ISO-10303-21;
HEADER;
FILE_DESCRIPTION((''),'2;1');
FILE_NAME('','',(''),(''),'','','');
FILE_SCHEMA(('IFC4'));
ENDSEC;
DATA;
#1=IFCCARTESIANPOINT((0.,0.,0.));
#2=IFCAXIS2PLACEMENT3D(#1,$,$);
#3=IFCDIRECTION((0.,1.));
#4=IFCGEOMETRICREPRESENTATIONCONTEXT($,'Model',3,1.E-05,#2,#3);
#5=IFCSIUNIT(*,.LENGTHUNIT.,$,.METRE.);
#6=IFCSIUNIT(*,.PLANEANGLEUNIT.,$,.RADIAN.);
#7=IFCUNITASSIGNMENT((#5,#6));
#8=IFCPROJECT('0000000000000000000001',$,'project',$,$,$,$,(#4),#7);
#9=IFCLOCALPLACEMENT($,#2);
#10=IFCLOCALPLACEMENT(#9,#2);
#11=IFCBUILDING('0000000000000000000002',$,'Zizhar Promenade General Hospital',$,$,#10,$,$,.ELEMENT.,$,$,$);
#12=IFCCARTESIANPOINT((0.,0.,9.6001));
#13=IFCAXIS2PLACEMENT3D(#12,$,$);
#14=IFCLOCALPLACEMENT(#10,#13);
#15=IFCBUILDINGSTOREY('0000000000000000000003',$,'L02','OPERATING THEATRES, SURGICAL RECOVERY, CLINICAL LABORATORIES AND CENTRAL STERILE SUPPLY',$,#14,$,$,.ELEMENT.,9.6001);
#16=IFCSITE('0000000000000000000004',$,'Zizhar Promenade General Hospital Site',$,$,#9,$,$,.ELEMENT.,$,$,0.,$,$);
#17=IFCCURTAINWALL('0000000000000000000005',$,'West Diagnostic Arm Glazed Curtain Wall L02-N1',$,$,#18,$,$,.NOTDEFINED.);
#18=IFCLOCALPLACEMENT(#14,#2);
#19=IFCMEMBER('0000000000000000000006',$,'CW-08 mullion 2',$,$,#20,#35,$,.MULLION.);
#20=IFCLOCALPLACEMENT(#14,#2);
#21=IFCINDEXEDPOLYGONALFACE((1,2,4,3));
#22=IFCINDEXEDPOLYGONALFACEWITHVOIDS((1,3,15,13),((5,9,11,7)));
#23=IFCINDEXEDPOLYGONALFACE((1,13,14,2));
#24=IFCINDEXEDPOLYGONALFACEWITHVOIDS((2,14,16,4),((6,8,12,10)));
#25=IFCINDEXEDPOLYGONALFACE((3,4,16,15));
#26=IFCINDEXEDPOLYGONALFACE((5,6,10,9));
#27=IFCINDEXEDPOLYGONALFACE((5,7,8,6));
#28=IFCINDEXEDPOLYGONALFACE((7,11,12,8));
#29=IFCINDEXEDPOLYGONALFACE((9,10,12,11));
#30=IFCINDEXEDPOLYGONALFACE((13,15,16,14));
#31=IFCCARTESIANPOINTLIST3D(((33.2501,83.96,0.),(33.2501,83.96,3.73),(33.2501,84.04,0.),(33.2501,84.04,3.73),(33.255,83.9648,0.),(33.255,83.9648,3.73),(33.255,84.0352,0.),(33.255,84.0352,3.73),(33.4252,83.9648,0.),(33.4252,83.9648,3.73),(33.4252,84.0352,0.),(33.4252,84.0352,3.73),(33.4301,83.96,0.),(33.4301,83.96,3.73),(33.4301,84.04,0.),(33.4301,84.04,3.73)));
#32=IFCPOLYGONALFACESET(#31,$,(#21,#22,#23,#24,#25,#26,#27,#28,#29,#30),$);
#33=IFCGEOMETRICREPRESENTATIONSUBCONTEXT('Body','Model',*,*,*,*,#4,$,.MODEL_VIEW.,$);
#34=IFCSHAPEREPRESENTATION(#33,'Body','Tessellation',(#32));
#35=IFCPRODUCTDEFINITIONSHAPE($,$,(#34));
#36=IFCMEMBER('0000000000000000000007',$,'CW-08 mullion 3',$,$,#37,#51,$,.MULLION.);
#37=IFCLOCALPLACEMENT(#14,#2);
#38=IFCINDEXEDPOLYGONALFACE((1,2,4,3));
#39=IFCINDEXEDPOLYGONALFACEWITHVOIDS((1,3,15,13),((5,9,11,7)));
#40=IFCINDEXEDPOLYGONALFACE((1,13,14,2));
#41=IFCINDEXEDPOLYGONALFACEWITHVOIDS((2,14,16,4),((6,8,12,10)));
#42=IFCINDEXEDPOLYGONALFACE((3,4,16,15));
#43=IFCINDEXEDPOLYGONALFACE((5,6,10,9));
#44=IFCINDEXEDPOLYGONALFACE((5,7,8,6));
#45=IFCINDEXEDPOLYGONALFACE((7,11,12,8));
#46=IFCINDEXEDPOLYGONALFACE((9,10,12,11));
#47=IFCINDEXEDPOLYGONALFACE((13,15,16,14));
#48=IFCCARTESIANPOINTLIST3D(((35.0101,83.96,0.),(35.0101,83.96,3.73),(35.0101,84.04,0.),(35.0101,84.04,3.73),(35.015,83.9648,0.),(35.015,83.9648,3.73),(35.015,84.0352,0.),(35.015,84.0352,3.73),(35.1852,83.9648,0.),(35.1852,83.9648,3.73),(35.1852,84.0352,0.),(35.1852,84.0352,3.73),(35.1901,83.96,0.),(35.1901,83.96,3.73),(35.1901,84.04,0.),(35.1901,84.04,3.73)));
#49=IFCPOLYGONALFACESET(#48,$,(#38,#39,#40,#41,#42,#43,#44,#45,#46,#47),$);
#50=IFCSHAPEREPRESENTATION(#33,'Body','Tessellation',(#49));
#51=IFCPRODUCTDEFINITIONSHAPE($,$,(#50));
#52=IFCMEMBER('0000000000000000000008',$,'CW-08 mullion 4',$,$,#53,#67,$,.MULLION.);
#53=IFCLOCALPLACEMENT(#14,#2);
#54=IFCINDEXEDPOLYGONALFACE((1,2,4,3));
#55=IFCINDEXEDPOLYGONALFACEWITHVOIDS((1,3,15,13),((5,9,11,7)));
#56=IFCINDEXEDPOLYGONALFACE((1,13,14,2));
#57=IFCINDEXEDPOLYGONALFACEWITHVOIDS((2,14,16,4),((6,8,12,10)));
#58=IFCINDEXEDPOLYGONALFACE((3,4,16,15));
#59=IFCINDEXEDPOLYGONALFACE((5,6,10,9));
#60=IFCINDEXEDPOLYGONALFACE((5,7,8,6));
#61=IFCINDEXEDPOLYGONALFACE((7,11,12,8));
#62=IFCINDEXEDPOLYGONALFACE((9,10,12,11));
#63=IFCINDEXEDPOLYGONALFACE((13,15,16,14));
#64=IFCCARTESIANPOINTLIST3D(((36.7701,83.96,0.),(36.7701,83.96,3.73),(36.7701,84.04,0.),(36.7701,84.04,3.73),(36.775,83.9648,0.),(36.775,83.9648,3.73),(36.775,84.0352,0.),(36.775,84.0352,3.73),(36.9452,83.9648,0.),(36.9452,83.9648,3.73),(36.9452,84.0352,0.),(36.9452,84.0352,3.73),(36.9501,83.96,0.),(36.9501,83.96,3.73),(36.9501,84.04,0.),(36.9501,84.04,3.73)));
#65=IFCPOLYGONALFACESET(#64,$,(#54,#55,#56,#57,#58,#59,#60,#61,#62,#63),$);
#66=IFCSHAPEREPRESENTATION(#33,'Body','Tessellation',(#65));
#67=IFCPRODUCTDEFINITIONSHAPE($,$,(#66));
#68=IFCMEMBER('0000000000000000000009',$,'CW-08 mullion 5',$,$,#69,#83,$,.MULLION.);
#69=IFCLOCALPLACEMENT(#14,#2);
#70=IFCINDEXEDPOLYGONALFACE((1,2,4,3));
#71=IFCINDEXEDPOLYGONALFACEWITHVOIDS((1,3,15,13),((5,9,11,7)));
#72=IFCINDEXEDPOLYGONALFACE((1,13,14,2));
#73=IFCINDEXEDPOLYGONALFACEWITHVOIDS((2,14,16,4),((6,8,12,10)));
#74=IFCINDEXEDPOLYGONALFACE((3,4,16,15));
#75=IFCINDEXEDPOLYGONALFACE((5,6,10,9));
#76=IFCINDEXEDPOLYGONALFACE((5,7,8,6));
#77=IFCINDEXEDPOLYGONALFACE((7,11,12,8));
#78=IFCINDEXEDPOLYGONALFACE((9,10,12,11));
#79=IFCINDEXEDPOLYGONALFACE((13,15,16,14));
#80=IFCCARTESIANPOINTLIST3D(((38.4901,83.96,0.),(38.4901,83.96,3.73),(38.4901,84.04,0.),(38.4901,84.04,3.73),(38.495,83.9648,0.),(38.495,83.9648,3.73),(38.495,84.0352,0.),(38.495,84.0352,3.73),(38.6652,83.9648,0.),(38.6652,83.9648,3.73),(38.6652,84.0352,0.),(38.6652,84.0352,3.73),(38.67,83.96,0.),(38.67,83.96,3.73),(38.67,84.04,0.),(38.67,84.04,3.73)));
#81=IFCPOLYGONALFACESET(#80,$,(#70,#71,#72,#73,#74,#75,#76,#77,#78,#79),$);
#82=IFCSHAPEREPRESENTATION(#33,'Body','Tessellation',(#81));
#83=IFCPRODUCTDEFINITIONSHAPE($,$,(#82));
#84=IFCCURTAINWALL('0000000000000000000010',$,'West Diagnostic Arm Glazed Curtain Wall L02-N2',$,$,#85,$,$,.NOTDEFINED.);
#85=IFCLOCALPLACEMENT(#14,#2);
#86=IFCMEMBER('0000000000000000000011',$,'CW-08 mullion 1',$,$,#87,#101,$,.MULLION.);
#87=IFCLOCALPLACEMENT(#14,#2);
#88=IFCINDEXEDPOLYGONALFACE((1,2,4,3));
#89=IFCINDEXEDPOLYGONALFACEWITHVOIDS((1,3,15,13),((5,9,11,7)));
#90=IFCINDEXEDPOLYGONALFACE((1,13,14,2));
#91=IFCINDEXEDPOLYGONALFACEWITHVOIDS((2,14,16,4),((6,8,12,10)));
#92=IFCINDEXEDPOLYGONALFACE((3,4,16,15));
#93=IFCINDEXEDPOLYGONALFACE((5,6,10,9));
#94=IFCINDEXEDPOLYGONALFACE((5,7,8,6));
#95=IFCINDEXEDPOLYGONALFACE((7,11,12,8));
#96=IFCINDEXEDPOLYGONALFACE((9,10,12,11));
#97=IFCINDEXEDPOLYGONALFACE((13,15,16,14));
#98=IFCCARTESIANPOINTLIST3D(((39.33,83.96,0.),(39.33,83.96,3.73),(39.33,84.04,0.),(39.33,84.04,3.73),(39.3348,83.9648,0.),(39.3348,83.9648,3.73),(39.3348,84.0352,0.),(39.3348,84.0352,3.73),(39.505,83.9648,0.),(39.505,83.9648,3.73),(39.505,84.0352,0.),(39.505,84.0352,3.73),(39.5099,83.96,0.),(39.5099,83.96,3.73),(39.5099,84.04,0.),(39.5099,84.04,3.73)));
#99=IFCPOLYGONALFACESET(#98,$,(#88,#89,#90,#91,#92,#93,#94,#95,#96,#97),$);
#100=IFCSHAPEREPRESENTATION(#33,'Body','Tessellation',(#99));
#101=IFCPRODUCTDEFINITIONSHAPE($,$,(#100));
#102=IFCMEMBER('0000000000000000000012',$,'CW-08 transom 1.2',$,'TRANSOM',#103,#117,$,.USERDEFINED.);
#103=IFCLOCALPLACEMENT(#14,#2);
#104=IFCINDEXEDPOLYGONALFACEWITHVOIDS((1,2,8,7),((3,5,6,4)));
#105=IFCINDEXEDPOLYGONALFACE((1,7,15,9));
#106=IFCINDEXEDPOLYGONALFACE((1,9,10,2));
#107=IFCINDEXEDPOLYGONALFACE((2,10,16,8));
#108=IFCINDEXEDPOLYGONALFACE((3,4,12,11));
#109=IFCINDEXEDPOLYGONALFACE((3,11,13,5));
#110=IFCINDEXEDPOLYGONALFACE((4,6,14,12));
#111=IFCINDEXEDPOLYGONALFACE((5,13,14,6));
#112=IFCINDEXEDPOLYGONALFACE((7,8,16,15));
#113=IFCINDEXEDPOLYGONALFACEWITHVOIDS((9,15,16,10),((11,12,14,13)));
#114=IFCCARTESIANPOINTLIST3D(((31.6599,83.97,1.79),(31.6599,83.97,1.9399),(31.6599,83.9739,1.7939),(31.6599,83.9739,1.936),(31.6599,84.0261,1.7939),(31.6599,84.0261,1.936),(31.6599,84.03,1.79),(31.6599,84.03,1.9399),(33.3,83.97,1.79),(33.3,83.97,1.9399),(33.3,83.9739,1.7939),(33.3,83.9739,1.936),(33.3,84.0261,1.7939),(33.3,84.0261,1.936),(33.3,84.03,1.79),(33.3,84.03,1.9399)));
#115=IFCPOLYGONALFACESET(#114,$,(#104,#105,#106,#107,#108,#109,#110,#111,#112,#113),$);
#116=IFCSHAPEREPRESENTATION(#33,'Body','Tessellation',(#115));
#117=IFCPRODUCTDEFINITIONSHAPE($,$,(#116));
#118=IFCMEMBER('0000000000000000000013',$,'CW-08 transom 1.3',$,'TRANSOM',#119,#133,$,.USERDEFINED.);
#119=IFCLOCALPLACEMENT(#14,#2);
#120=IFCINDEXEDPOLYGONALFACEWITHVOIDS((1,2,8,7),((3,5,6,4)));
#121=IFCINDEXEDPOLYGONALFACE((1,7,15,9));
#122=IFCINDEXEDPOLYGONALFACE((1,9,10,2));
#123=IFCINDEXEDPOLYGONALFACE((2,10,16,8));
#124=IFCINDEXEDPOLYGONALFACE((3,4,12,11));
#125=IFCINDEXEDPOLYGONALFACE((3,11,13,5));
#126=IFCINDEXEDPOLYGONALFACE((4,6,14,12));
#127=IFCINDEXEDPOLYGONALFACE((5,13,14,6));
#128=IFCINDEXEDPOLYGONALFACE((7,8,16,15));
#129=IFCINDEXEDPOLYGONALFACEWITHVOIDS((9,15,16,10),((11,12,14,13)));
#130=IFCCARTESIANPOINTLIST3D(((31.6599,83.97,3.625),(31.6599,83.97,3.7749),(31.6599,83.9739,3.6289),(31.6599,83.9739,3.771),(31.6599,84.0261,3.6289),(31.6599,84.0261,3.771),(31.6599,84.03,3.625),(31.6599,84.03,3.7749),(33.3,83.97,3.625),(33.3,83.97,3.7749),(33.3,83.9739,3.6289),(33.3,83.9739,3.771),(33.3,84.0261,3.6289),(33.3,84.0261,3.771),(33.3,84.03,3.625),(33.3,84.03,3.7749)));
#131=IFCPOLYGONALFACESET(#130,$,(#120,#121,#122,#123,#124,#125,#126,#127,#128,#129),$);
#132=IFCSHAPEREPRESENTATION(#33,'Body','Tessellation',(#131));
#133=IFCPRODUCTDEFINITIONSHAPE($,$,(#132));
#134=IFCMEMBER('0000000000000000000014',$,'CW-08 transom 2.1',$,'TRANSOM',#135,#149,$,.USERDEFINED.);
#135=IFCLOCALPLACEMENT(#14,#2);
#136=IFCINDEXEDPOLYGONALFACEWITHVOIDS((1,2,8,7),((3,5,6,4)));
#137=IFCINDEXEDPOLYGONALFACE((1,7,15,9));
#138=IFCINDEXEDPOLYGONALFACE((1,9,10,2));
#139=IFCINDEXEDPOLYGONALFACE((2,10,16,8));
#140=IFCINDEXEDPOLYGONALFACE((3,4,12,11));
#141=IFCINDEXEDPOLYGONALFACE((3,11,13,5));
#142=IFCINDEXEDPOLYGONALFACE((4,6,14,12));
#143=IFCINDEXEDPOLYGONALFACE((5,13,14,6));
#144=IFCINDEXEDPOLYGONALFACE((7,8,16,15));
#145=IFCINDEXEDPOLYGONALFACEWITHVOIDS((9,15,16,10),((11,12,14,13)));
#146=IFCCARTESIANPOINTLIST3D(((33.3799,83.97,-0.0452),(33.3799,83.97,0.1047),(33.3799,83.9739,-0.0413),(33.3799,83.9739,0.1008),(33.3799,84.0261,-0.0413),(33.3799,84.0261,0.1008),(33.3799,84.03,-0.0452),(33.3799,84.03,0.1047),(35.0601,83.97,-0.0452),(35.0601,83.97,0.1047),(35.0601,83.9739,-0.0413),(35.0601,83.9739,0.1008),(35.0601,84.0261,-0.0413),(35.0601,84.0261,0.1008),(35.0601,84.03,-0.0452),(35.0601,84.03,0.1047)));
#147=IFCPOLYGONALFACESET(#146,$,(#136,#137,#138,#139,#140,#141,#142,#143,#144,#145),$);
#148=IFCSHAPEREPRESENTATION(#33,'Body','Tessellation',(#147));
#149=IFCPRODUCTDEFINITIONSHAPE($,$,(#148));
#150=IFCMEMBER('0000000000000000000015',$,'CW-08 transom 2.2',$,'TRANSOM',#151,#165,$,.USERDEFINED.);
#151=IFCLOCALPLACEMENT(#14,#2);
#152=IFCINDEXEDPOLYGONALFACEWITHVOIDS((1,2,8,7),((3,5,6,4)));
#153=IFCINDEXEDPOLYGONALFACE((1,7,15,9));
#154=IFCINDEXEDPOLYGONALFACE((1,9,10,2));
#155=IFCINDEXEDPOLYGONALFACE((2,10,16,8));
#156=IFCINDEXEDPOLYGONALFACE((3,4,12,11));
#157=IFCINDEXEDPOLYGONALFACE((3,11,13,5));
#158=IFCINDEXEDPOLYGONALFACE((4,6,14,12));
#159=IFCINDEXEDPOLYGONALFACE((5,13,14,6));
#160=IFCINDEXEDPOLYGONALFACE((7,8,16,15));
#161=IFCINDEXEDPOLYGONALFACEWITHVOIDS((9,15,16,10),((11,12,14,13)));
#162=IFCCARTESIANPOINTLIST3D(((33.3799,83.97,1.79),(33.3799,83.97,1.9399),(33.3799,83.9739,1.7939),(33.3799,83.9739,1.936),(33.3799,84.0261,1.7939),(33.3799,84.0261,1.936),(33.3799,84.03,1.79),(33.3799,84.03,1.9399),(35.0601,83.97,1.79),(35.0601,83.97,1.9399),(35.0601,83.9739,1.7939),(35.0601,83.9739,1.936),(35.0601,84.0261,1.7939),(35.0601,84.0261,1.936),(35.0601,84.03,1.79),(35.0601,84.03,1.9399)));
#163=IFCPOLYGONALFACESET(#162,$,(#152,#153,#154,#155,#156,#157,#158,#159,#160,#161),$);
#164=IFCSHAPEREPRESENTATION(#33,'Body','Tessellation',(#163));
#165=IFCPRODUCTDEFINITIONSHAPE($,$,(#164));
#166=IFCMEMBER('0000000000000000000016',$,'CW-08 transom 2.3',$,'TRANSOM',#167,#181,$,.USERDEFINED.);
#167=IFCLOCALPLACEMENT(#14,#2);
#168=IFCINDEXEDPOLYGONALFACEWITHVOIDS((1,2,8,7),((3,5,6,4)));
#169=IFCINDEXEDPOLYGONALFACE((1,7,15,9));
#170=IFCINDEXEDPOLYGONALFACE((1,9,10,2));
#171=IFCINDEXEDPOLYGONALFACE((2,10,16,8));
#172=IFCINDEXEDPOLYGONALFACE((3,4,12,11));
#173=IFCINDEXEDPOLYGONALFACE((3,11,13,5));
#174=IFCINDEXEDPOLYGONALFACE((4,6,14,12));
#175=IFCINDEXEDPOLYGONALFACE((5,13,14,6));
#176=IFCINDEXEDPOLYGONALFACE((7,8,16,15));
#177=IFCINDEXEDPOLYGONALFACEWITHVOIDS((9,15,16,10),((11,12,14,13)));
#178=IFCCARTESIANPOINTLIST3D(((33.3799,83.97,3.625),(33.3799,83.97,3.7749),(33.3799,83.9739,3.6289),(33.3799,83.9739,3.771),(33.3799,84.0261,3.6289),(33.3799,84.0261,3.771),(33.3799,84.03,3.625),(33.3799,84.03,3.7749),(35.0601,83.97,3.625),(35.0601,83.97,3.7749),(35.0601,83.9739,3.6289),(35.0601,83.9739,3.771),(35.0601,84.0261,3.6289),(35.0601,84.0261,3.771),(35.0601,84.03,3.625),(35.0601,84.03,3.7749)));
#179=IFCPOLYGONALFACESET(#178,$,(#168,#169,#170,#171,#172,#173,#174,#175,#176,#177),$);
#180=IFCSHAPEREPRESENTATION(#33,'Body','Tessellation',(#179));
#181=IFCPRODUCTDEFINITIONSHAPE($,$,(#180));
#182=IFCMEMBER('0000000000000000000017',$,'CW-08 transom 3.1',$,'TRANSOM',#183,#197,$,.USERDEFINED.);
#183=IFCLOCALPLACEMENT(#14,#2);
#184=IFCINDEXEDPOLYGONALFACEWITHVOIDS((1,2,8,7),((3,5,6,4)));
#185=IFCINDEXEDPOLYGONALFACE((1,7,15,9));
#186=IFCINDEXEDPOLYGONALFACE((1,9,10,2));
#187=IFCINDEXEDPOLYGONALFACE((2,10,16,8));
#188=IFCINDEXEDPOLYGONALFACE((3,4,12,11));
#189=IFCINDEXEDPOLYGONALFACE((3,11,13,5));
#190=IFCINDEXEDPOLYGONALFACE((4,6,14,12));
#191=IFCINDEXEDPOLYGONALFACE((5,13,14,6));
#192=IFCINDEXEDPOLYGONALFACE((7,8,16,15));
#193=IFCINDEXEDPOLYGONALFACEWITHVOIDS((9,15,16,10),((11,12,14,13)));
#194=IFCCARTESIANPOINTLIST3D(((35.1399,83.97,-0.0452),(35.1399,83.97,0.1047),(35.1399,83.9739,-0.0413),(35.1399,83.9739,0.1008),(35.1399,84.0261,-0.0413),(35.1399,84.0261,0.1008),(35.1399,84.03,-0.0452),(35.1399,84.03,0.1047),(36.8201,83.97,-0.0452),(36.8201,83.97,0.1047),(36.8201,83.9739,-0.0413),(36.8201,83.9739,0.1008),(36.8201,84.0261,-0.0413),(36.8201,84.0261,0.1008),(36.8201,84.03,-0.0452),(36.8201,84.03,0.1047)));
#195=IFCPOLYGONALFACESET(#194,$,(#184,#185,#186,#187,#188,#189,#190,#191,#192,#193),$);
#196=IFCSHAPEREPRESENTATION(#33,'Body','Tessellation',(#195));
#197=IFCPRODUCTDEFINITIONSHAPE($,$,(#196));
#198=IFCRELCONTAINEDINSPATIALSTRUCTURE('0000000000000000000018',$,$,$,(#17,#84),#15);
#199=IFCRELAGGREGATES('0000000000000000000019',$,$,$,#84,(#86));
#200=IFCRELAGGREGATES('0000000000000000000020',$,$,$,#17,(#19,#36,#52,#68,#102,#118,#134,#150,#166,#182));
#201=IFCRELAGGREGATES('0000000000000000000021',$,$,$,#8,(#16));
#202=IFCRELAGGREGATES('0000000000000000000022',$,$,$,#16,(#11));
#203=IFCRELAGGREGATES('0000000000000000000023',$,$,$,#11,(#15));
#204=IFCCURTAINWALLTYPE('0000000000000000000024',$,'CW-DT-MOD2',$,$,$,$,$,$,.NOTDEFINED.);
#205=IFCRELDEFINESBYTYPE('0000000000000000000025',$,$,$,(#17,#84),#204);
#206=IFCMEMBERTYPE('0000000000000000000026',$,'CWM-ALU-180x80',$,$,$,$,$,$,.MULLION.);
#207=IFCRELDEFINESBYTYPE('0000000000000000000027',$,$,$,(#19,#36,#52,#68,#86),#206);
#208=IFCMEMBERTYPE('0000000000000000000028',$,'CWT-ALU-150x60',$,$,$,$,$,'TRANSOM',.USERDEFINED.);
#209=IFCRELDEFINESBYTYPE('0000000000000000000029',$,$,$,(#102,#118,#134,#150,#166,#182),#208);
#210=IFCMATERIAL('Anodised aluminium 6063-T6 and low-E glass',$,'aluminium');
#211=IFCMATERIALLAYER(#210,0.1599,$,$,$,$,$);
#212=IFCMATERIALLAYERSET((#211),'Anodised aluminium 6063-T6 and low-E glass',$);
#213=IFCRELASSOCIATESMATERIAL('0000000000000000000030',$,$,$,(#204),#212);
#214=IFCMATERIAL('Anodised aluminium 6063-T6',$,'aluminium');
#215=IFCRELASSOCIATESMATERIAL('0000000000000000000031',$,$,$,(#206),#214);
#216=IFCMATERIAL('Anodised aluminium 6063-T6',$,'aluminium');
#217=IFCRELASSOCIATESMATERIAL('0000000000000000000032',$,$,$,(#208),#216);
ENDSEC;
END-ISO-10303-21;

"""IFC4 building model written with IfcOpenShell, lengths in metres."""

from ifc_helpers import new_model, si_unit, direction, frame, origin, origin_2d, place, context, subcontext, project, spatial, hollow_rectangle, extrude, material, layer, layer_set, material_profile, profile_set, type_object, element, aggregate, save


model = new_model("IFC4")

# Units and contexts
model_context = context("Model", 3, precision=1e-05, world=origin(), true_north=direction((0.0, 1.0)))
body_context = subcontext(model_context, "Body", "Model", "MODEL_VIEW")
ifc_project = project(units=[si_unit("LENGTHUNIT", "METRE"), si_unit("PLANEANGLEUNIT", "RADIAN")], contexts=[model_context])

# Site, building, storey
site_placement = place(None, origin())
site = spatial("IfcSite", under=ifc_project, at=site_placement, Name="Zizhar Promenade General Hospital Site", CompositionType="ELEMENT", RefElevation=0.0)
building_placement = place(site_placement, origin())
building = spatial("IfcBuilding", under=site, at=building_placement, Name="Zizhar Promenade General Hospital", CompositionType="ELEMENT")
storey_placement = place(building_placement, frame((0.0, 0.0, 9.6001)))
storey = spatial("IfcBuildingStorey", under=building, at=storey_placement, Name="L02", Description="OPERATING THEATRES, SURGICAL RECOVERY, CLINICAL LABORATORIES AND CENTRAL STERILE SUPPLY", CompositionType="ELEMENT", Elevation=9.6001)

# Curtain wall, members
ifc_material_1 = material(Name="Anodised aluminium 6063-T6 and low-E glass", Category="aluminium")
ifc_layer_1 = layer(ifc_material_1, 0.1599)
ifc_layer_set_1 = layer_set([ifc_layer_1], Name="Anodised aluminium 6063-T6 and low-E glass")
curtain_wall_type = type_object("IfcCurtainWallType", Name="CW-DT-MOD2", PredefinedType="NOTDEFINED", material=ifc_layer_set_1)
curtain_wall_1_placement = place(storey_placement, origin())
curtain_wall_1 = element("IfcCurtainWall", 1, at=curtain_wall_1_placement, inside=storey, type_object=curtain_wall_type, Name="West Diagnostic Arm Glazed Curtain Wall L02-N1", PredefinedType="NOTDEFINED")
ifc_material_2 = material(Name="Anodised aluminium 6063-T6", Category="aluminium")
ifc_material_profile_1 = material_profile(ifc_material_2, hollow_rectangle(XDim=0.0801, YDim=0.1799, WallThickness=0.0049, at=origin_2d()))
ifc_profile_set_1 = profile_set([ifc_material_profile_1], Name="Anodised aluminium 6063-T6")
member_type_1 = type_object("IfcMemberType", Name="CWM-ALU-180x80", PredefinedType="MULLION", material=ifc_profile_set_1)
member_1_placement = place(storey_placement, frame((33.3401, 84.0, 0.0), z_axis=(0.0, 0.0, 1.0), x_axis=(0.0, 1.0, 0.0)))
member_1 = element("IfcMember", 2, at=member_1_placement, type_object=member_type_1, Name="CW-08 mullion 2", PredefinedType="MULLION", context=body_context, shape_type="SweptSolid", body=[
    extrude(hollow_rectangle(XDim=0.0801, YDim=0.1799, WallThickness=0.0049, at=origin_2d()), origin(), (0.0, 0.0, 1.0), 3.73),
])
member_2_placement = place(storey_placement, frame((35.1001, 84.0, 0.0), z_axis=(0.0, 0.0, 1.0), x_axis=(0.0, 1.0, 0.0)))
member_2 = element("IfcMember", 3, at=member_2_placement, type_object=member_type_1, Name="CW-08 mullion 3", PredefinedType="MULLION", context=body_context, shape_type="SweptSolid", body=[
    extrude(hollow_rectangle(XDim=0.0801, YDim=0.1799, WallThickness=0.0049, at=origin_2d()), origin(), (0.0, 0.0, 1.0), 3.73),
])
member_3_placement = place(storey_placement, frame((36.8601, 84.0, 0.0), z_axis=(0.0, 0.0, 1.0), x_axis=(0.0, 1.0, 0.0)))
member_3 = element("IfcMember", 4, at=member_3_placement, type_object=member_type_1, Name="CW-08 mullion 4", PredefinedType="MULLION", context=body_context, shape_type="SweptSolid", body=[
    extrude(hollow_rectangle(XDim=0.0801, YDim=0.1799, WallThickness=0.0049, at=origin_2d()), origin(), (0.0, 0.0, 1.0), 3.73),
])
member_4_placement = place(storey_placement, frame((38.5801, 84.0, 0.0), z_axis=(0.0, 0.0, 1.0), x_axis=(0.0, 1.0, 0.0)))
member_4 = element("IfcMember", 5, at=member_4_placement, type_object=member_type_1, Name="CW-08 mullion 5", PredefinedType="MULLION", context=body_context, shape_type="SweptSolid", body=[
    extrude(hollow_rectangle(XDim=0.0801, YDim=0.1799, WallThickness=0.0049, at=origin_2d()), origin(), (0.0, 0.0, 1.0), 3.73),
])

# Curtain wall, member
curtain_wall_2_placement = place(storey_placement, origin())
curtain_wall_2 = element("IfcCurtainWall", 6, at=curtain_wall_2_placement, inside=storey, type_object=curtain_wall_type, Name="West Diagnostic Arm Glazed Curtain Wall L02-N2", PredefinedType="NOTDEFINED")
member_5_placement = place(storey_placement, frame((39.4199, 84.0, 0.0), z_axis=(0.0, 0.0, 1.0), x_axis=(0.0, 1.0, 0.0)))
member_5 = element("IfcMember", 7, at=member_5_placement, type_object=member_type_1, Name="CW-08 mullion 1", PredefinedType="MULLION", context=body_context, shape_type="SweptSolid", body=[
    extrude(hollow_rectangle(XDim=0.0801, YDim=0.1799, WallThickness=0.0049, at=origin_2d()), origin(), (0.0, 0.0, 1.0), 3.73),
])
aggregate(curtain_wall_2, [member_5])

# Members
ifc_material_3 = material(Name="Anodised aluminium 6063-T6", Category="aluminium")
ifc_material_profile_2 = material_profile(ifc_material_3, hollow_rectangle(XDim=0.0601, YDim=0.1499, WallThickness=0.0039, at=origin_2d()))
ifc_profile_set_2 = profile_set([ifc_material_profile_2], Name="Anodised aluminium 6063-T6")
member_type_2 = type_object("IfcMemberType", Name="CWT-ALU-150x60", ElementType="TRANSOM", PredefinedType="USERDEFINED", material=ifc_profile_set_2)
member_6_placement = place(storey_placement, frame((31.6599, 84.0, 1.865), z_axis=(1.0, 0.0, 0.0), x_axis=(0.0, 1.0, 0.0)))
member_6 = element("IfcMember", 8, at=member_6_placement, type_object=member_type_2, Name="CW-08 transom 1.2", ObjectType="TRANSOM", PredefinedType="USERDEFINED", context=body_context, shape_type="SweptSolid", body=[
    extrude(hollow_rectangle(XDim=0.0601, YDim=0.1499, WallThickness=0.0039, at=origin_2d()), origin(), (0.0, 0.0, 1.0), 1.6401),
])
member_7_placement = place(storey_placement, frame((31.6599, 84.0, 3.7), z_axis=(1.0, 0.0, 0.0), x_axis=(0.0, 1.0, 0.0)))
member_7 = element("IfcMember", 9, at=member_7_placement, type_object=member_type_2, Name="CW-08 transom 1.3", ObjectType="TRANSOM", PredefinedType="USERDEFINED", context=body_context, shape_type="SweptSolid", body=[
    extrude(hollow_rectangle(XDim=0.0601, YDim=0.1499, WallThickness=0.0039, at=origin_2d()), origin(), (0.0, 0.0, 1.0), 1.6401),
])
member_8_placement = place(storey_placement, frame((33.3799, 84.0, 0.0298), z_axis=(1.0, 0.0, 0.0), x_axis=(0.0, 1.0, 0.0)))
member_8 = element("IfcMember", 10, at=member_8_placement, type_object=member_type_2, Name="CW-08 transom 2.1", ObjectType="TRANSOM", PredefinedType="USERDEFINED", context=body_context, shape_type="SweptSolid", body=[
    extrude(hollow_rectangle(XDim=0.0601, YDim=0.1499, WallThickness=0.0039, at=origin_2d()), origin(), (0.0, 0.0, 1.0), 1.6802),
])
member_9_placement = place(storey_placement, frame((33.3799, 84.0, 1.865), z_axis=(1.0, 0.0, 0.0), x_axis=(0.0, 1.0, 0.0)))
member_9 = element("IfcMember", 11, at=member_9_placement, type_object=member_type_2, Name="CW-08 transom 2.2", ObjectType="TRANSOM", PredefinedType="USERDEFINED", context=body_context, shape_type="SweptSolid", body=[
    extrude(hollow_rectangle(XDim=0.0601, YDim=0.1499, WallThickness=0.0039, at=origin_2d()), origin(), (0.0, 0.0, 1.0), 1.6802),
])
member_10_placement = place(storey_placement, frame((33.3799, 84.0, 3.7), z_axis=(1.0, 0.0, 0.0), x_axis=(0.0, 1.0, 0.0)))
member_10 = element("IfcMember", 12, at=member_10_placement, type_object=member_type_2, Name="CW-08 transom 2.3", ObjectType="TRANSOM", PredefinedType="USERDEFINED", context=body_context, shape_type="SweptSolid", body=[
    extrude(hollow_rectangle(XDim=0.0601, YDim=0.1499, WallThickness=0.0039, at=origin_2d()), origin(), (0.0, 0.0, 1.0), 1.6802),
])
member_11_placement = place(storey_placement, frame((35.1399, 84.0, 0.0298), z_axis=(1.0, 0.0, 0.0), x_axis=(0.0, 1.0, 0.0)))
member_11 = element("IfcMember", 13, at=member_11_placement, type_object=member_type_2, Name="CW-08 transom 3.1", ObjectType="TRANSOM", PredefinedType="USERDEFINED", context=body_context, shape_type="SweptSolid", body=[
    extrude(hollow_rectangle(XDim=0.0601, YDim=0.1499, WallThickness=0.0039, at=origin_2d()), origin(), (0.0, 0.0, 1.0), 1.6802),
])

aggregate(curtain_wall_1, [member_1, member_2, member_3, member_4, member_6, member_7, member_8, member_9, member_10, member_11])

save(model, "model.ifc")
